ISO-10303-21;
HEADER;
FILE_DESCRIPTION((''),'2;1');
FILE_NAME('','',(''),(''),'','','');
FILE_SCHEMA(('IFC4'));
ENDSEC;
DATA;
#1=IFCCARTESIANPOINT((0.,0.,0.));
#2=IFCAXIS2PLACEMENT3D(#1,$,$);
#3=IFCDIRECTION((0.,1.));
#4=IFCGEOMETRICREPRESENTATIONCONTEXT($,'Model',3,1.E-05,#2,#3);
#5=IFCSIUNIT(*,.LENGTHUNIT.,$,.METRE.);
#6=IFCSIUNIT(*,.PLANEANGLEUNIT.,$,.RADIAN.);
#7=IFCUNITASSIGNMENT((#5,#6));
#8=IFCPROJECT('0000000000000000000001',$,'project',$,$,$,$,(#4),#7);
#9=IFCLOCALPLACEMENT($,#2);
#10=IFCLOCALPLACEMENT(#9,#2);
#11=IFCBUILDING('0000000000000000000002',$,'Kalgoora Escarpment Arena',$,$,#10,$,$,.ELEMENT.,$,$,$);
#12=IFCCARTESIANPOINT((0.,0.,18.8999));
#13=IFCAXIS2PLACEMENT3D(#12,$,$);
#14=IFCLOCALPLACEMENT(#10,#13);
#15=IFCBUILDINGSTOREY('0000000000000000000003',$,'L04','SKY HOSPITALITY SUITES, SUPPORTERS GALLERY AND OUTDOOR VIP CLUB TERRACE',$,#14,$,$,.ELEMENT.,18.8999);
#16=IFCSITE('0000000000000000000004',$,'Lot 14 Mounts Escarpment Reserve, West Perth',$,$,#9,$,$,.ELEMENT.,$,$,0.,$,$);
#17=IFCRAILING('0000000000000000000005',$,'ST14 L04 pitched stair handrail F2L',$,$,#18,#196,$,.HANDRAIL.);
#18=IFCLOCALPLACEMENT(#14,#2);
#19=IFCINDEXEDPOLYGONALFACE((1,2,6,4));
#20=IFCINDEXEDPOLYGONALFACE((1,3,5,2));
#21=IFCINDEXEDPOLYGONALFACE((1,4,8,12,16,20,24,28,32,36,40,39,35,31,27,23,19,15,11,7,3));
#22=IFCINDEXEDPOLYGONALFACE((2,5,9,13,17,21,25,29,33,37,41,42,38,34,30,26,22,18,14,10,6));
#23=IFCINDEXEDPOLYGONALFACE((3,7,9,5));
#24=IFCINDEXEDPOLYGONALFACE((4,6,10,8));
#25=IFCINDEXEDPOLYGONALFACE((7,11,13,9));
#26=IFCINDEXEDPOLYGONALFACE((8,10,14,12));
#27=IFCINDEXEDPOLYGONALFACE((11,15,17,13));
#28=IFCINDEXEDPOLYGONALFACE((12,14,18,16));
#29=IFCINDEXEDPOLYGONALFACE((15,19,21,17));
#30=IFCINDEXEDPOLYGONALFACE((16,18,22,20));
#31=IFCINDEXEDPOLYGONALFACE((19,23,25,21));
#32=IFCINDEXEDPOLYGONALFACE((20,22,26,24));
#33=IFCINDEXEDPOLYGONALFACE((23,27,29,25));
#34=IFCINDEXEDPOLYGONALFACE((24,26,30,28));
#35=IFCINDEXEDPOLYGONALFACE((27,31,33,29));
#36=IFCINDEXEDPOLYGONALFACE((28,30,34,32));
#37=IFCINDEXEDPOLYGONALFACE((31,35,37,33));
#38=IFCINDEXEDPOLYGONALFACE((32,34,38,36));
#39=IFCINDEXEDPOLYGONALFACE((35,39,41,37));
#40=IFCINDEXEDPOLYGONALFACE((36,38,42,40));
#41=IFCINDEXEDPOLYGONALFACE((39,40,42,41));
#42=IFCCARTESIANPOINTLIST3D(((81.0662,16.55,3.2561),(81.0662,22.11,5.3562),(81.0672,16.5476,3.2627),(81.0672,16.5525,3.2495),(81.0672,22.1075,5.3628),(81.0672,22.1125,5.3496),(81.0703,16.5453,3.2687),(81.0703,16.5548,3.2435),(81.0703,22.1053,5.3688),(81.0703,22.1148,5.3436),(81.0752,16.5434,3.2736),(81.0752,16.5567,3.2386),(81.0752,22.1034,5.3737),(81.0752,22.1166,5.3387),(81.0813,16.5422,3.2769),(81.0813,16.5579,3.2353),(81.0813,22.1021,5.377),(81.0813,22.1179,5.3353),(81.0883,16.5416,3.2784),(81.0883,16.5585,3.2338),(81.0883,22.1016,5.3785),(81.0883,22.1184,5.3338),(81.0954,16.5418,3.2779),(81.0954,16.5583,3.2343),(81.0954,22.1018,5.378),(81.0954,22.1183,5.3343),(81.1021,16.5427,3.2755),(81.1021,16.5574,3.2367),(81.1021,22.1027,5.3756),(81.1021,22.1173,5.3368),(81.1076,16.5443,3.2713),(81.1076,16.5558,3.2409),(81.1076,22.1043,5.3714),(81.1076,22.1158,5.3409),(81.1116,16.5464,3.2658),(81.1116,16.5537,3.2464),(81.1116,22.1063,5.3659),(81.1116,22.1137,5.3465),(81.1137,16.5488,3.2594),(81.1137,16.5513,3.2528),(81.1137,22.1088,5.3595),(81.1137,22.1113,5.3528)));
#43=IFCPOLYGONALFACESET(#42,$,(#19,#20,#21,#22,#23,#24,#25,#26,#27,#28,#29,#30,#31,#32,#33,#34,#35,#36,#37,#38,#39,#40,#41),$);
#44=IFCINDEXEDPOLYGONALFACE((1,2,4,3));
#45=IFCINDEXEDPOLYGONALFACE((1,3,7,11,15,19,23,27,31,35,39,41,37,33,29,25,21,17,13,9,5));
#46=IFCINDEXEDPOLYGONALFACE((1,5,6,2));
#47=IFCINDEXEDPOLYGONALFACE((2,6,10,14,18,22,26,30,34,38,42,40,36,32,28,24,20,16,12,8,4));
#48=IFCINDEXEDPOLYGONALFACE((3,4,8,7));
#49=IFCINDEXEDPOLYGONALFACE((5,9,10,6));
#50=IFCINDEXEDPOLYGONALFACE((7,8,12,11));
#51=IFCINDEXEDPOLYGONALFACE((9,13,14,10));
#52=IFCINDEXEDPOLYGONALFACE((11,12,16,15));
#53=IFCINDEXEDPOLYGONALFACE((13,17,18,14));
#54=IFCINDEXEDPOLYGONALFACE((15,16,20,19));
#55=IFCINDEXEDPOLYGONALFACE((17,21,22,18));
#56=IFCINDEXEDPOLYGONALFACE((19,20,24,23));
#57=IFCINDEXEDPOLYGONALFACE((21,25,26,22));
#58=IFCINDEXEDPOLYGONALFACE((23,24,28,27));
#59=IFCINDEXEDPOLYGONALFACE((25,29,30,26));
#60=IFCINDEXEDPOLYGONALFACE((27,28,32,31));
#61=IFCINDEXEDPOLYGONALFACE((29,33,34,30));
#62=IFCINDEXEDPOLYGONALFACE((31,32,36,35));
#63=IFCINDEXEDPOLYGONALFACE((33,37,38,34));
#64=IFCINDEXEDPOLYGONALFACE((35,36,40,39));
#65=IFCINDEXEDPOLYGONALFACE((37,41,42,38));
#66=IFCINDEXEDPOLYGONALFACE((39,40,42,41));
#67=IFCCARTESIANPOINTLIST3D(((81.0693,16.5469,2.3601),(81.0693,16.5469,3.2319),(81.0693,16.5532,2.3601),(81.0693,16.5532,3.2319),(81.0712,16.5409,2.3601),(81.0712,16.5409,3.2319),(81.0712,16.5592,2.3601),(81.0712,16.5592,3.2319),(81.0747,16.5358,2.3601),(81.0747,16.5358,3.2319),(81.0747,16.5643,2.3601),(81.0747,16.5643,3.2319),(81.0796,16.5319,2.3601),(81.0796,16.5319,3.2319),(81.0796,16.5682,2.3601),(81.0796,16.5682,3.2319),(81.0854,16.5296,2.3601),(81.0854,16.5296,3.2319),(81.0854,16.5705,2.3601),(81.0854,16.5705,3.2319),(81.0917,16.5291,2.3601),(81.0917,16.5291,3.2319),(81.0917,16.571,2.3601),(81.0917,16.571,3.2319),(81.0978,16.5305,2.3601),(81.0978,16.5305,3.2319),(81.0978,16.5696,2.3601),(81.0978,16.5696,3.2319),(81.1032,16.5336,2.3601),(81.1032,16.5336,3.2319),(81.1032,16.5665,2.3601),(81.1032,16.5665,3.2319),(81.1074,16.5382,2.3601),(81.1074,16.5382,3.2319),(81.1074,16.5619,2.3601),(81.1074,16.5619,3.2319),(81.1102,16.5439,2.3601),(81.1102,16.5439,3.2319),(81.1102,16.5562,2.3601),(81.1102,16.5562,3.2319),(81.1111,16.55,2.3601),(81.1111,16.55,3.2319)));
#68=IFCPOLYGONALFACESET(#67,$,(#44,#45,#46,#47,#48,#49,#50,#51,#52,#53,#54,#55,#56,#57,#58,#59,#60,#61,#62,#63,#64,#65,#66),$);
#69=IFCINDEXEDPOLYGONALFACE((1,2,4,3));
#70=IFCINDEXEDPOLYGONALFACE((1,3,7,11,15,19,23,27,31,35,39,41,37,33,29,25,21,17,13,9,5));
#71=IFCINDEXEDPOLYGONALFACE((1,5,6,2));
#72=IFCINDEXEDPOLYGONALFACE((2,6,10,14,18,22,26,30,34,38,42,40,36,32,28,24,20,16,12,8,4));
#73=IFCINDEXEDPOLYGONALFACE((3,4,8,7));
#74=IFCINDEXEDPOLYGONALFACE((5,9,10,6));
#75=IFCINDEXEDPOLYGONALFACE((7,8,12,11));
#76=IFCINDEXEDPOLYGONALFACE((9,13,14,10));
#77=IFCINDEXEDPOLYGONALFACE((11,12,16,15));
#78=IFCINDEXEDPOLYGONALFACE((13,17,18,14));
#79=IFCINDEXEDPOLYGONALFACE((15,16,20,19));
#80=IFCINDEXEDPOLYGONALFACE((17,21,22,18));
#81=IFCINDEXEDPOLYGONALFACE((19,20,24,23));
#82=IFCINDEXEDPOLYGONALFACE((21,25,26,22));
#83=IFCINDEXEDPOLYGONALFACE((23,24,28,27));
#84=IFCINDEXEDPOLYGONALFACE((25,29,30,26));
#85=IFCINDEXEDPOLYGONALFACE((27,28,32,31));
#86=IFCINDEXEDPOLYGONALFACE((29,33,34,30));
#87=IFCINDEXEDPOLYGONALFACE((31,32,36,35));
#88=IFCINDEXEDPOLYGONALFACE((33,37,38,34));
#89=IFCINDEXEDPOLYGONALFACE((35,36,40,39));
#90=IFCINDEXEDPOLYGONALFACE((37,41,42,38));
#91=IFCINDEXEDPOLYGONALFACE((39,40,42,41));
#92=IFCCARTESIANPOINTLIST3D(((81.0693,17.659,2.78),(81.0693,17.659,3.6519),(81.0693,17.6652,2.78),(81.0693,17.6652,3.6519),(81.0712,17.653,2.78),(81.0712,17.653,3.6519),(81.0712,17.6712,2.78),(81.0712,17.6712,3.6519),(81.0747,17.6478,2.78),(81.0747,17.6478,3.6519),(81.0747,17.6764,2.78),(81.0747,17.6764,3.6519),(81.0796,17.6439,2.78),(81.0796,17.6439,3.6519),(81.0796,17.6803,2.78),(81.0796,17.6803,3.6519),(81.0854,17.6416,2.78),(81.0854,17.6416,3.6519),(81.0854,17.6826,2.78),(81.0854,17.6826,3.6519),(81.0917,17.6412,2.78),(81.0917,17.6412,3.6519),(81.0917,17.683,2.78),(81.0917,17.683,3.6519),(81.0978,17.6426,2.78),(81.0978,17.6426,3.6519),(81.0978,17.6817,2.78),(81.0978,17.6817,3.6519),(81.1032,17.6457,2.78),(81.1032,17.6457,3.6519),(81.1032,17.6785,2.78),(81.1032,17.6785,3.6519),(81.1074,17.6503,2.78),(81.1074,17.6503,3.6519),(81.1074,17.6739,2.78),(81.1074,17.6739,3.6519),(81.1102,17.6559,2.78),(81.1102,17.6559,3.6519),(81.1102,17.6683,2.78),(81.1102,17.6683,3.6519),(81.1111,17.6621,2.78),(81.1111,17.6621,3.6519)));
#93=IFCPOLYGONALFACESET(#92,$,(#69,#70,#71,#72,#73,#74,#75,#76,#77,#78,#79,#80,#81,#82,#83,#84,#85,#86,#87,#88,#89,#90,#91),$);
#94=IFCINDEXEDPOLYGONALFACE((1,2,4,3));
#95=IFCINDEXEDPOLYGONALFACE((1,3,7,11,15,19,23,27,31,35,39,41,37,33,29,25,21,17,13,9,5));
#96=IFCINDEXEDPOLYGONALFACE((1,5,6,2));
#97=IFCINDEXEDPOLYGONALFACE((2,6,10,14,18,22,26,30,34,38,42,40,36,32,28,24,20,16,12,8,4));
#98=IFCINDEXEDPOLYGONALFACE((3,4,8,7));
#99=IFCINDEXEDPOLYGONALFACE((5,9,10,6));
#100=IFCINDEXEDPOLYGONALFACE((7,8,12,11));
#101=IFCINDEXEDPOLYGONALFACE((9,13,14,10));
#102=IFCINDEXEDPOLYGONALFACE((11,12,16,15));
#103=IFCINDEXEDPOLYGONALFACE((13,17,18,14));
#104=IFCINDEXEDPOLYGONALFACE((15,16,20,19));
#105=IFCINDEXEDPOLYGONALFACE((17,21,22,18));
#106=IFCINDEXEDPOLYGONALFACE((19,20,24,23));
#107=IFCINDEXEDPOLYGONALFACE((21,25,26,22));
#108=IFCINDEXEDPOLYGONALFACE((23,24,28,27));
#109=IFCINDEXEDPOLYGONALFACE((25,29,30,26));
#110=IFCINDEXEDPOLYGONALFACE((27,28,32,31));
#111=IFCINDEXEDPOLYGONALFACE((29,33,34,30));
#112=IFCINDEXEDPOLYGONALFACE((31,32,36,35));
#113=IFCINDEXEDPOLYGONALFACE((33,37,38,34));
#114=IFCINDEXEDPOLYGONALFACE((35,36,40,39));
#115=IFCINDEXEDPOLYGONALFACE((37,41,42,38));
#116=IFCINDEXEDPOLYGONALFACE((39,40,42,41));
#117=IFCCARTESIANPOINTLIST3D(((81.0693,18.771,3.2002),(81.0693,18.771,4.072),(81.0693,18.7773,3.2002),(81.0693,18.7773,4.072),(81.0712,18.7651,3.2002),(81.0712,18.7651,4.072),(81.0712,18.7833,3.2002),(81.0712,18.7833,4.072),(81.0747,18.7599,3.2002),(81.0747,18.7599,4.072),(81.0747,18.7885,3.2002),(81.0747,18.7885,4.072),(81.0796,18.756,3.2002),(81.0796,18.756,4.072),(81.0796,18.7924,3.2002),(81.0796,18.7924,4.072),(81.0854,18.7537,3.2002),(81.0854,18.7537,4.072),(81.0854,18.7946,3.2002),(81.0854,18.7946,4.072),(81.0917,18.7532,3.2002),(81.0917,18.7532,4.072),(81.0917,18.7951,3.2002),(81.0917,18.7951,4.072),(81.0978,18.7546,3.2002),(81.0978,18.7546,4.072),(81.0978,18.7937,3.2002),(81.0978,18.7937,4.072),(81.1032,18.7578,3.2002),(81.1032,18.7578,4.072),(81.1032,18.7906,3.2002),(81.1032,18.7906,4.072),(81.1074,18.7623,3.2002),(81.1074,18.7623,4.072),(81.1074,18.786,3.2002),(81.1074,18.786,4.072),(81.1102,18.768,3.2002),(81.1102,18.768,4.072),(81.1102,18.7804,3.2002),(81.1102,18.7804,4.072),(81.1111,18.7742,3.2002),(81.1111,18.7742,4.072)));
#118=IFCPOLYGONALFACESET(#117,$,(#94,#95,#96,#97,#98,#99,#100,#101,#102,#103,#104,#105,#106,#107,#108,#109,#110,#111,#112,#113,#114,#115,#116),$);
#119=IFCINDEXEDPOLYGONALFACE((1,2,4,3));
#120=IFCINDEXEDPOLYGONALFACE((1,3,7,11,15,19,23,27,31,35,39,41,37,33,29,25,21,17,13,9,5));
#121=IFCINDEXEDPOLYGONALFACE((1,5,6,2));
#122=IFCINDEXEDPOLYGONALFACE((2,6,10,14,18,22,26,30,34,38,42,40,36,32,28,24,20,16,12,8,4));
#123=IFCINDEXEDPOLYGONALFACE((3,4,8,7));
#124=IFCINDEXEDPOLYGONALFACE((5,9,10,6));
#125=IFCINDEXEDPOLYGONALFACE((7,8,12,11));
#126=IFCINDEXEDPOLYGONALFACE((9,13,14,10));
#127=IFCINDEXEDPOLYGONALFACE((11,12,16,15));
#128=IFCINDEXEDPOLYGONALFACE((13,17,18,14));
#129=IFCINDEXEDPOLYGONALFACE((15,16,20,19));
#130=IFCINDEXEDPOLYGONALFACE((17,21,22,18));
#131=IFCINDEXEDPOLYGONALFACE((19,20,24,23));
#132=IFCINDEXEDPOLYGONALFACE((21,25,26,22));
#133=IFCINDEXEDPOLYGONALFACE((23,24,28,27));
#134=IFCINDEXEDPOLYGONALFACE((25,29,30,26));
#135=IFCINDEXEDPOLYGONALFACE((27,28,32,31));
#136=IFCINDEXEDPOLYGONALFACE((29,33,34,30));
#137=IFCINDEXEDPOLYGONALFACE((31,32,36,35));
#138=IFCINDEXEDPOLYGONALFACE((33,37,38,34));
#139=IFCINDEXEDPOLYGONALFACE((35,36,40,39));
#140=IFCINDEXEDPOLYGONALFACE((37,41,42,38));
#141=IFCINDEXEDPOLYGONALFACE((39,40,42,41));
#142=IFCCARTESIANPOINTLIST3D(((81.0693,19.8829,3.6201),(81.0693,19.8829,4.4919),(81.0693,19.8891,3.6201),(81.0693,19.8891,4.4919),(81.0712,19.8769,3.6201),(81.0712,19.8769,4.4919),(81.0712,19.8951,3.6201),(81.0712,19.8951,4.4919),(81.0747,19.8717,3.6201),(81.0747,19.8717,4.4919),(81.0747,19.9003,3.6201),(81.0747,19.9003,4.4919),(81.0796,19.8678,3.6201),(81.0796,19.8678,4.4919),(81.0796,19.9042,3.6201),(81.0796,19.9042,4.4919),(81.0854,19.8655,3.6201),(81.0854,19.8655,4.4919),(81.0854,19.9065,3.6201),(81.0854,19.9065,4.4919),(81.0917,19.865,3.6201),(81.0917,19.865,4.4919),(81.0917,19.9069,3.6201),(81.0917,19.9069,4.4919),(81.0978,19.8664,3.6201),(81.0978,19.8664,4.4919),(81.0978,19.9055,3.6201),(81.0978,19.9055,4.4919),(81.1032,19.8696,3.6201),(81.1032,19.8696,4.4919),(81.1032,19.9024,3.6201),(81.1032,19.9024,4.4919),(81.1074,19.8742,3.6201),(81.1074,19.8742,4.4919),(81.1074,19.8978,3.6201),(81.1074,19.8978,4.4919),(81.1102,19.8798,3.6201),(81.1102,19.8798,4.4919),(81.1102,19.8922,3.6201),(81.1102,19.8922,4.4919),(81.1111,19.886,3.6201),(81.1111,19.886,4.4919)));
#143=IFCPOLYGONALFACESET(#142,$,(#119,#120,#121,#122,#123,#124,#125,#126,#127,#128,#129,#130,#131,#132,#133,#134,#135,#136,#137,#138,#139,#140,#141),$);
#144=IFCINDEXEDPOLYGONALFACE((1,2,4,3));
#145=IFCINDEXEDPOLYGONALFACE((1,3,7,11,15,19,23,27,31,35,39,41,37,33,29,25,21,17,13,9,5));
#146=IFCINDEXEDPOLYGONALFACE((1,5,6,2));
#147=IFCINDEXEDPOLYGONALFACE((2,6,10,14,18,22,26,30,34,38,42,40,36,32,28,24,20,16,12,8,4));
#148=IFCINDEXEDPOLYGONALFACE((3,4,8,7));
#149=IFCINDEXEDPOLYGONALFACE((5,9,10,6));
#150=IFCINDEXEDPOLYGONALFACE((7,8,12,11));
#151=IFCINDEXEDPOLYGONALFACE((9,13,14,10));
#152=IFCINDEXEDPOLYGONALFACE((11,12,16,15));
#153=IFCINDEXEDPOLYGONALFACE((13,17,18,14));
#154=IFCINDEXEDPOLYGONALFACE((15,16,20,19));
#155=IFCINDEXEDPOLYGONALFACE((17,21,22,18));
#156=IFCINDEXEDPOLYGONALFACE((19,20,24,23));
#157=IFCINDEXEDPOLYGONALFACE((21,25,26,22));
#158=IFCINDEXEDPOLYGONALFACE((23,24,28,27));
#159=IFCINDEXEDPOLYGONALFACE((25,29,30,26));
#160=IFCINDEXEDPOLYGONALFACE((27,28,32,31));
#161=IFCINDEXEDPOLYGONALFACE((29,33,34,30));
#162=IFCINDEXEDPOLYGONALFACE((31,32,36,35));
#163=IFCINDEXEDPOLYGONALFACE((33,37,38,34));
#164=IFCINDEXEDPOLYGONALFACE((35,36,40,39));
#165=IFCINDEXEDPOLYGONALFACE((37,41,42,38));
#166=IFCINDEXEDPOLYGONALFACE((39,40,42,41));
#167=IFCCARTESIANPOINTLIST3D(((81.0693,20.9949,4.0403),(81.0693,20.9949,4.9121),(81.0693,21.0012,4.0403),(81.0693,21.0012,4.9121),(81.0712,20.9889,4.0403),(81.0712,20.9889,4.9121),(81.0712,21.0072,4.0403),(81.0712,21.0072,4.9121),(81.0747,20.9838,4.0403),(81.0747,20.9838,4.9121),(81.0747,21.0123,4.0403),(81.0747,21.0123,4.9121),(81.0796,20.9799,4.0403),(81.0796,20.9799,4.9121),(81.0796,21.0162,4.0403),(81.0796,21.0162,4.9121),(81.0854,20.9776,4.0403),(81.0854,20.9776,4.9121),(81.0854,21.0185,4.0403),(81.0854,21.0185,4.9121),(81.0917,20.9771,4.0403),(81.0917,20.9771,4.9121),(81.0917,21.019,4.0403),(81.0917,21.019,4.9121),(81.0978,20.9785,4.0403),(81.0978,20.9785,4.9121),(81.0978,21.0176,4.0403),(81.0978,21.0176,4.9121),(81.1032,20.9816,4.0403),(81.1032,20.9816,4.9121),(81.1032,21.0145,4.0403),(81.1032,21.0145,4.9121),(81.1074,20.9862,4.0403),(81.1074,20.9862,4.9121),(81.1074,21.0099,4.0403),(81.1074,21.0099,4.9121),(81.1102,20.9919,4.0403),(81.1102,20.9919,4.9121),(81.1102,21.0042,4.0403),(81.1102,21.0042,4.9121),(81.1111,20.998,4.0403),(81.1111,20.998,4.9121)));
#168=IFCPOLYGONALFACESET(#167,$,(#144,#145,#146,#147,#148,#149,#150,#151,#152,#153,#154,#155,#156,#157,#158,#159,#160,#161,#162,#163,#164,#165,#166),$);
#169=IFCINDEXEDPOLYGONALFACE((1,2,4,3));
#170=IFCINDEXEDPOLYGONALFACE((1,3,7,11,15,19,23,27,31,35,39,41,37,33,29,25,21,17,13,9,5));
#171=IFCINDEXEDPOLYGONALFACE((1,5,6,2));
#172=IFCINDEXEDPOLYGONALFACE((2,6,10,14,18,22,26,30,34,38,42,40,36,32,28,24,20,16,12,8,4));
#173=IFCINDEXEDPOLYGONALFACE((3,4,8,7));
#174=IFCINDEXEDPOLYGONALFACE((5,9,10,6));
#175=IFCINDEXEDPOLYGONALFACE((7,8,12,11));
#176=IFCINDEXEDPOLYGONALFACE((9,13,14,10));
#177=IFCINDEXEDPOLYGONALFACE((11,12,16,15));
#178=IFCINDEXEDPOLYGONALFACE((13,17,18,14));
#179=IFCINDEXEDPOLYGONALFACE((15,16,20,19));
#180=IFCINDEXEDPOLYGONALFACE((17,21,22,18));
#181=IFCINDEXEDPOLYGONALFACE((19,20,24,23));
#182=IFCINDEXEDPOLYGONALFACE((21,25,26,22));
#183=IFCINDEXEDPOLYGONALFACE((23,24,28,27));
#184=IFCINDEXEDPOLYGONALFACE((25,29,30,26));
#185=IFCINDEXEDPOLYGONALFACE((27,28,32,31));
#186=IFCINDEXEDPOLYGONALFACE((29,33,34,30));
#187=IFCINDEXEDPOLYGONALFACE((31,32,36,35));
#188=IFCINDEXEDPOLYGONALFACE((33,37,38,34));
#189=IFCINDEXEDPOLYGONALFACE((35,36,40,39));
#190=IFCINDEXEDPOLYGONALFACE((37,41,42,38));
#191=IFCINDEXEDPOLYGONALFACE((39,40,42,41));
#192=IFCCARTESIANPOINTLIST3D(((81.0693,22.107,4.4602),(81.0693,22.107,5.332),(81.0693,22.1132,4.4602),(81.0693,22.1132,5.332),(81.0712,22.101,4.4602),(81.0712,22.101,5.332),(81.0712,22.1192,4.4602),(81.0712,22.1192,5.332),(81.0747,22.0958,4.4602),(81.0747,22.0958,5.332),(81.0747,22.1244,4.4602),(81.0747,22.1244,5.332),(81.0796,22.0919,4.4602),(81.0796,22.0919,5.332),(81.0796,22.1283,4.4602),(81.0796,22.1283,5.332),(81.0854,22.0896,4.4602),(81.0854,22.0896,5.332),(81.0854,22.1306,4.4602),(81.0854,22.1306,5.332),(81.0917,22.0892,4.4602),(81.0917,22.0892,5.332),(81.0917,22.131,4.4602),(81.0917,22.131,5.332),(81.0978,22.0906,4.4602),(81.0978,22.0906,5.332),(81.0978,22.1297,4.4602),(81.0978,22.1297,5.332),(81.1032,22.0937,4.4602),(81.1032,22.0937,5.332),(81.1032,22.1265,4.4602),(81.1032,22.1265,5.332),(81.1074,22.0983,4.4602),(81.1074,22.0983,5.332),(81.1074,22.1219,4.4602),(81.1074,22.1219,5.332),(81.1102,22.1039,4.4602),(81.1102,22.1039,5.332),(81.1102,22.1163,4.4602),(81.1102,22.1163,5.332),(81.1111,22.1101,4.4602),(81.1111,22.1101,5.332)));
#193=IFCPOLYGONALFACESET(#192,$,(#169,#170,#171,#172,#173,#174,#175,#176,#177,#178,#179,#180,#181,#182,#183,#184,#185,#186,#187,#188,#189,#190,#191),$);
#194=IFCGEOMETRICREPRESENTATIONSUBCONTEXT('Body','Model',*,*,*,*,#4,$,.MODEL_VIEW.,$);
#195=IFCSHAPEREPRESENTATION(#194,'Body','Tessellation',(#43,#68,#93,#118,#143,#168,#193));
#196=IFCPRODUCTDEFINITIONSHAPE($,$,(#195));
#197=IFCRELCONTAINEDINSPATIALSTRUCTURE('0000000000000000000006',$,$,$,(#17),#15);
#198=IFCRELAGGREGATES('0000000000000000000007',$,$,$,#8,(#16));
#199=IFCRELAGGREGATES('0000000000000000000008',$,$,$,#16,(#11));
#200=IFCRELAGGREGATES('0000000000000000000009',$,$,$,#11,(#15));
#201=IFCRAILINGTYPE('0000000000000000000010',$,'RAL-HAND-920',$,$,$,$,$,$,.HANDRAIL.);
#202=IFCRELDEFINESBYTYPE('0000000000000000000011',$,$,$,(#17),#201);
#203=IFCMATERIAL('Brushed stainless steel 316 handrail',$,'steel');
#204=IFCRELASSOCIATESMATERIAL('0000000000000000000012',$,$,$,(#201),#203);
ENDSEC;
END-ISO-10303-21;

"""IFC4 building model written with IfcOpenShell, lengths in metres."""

from ifc_helpers import new_model, si_unit, direction, frame, origin, origin_2d, place, context, subcontext, project, spatial, circle, extrude, material, type_object, element, save


model = new_model("IFC4")

# Units and contexts
model_context = context("Model", 3, precision=1e-05, world=origin(), true_north=direction((0.0, 1.0)))
body_context = subcontext(model_context, "Body", "Model", "MODEL_VIEW")
ifc_project = project(units=[si_unit("LENGTHUNIT", "METRE"), si_unit("PLANEANGLEUNIT", "RADIAN")], contexts=[model_context])

# Site, building, storey
site_placement = place(None, origin())
site = spatial("IfcSite", under=ifc_project, at=site_placement, Name="Lot 14 Mounts Escarpment Reserve, West Perth", CompositionType="ELEMENT", RefElevation=0.0)
building_placement = place(site_placement, origin())
building = spatial("IfcBuilding", under=site, at=building_placement, Name="Kalgoora Escarpment Arena", CompositionType="ELEMENT")
storey_placement = place(building_placement, frame((0.0, 0.0, 18.8999)))
storey = spatial("IfcBuildingStorey", under=building, at=storey_placement, Name="L04", Description="SKY HOSPITALITY SUITES, SUPPORTERS GALLERY AND OUTDOOR VIP CLUB TERRACE", CompositionType="ELEMENT", Elevation=18.8999)

# Railing
ifc_material_1 = material(Name="Brushed stainless steel 316 handrail", Category="steel")
railing_type_1 = type_object("IfcRailingType", Name="RAL-HAND-920", PredefinedType="HANDRAIL", material=ifc_material_1)
for number, where, name in (
    (1, (81.0901, 16.55, 2.3601), "ST14 L04 pitched stair handrail F2L"),
):
    element("IfcRailing", number, at=place(storey_placement, frame(where)), inside=storey, type_object=railing_type_1, Name=name, PredefinedType="HANDRAIL", context=body_context, shape_type="SweptSolid", body=[
        extrude(circle(Radius=0.0239, at=origin_2d()), frame((0.0, 0.0, 0.896), z_axis=(0.0, 0.935493, 0.353346), x_axis=(-1.0, 0.0, 0.0)), (0.0, 0.0, 1.0), 5.9434),
        extrude(circle(Radius=0.021, at=origin_2d()), origin(), (0.0, 0.0, 1.0), 0.8718),
        extrude(circle(Radius=0.021, at=origin_2d()), frame((0.0, 1.1121, 0.4199)), (0.0, 0.0, 1.0), 0.8718),
        extrude(circle(Radius=0.021, at=origin_2d()), frame((0.0, 2.2241, 0.8401)), (0.0, 0.0, 1.0), 0.8718),
        extrude(circle(Radius=0.021, at=origin_2d()), frame((0.0, 3.3359, 1.26)), (0.0, 0.0, 1.0), 0.8718),
        extrude(circle(Radius=0.021, at=origin_2d()), frame((0.0, 4.448, 1.6802)), (0.0, 0.0, 1.0), 0.8718),
        extrude(circle(Radius=0.021, at=origin_2d()), frame((0.0, 5.5601, 2.1001)), (0.0, 0.0, 1.0), 0.8718),
    ])

save(model, "model.ifc")
